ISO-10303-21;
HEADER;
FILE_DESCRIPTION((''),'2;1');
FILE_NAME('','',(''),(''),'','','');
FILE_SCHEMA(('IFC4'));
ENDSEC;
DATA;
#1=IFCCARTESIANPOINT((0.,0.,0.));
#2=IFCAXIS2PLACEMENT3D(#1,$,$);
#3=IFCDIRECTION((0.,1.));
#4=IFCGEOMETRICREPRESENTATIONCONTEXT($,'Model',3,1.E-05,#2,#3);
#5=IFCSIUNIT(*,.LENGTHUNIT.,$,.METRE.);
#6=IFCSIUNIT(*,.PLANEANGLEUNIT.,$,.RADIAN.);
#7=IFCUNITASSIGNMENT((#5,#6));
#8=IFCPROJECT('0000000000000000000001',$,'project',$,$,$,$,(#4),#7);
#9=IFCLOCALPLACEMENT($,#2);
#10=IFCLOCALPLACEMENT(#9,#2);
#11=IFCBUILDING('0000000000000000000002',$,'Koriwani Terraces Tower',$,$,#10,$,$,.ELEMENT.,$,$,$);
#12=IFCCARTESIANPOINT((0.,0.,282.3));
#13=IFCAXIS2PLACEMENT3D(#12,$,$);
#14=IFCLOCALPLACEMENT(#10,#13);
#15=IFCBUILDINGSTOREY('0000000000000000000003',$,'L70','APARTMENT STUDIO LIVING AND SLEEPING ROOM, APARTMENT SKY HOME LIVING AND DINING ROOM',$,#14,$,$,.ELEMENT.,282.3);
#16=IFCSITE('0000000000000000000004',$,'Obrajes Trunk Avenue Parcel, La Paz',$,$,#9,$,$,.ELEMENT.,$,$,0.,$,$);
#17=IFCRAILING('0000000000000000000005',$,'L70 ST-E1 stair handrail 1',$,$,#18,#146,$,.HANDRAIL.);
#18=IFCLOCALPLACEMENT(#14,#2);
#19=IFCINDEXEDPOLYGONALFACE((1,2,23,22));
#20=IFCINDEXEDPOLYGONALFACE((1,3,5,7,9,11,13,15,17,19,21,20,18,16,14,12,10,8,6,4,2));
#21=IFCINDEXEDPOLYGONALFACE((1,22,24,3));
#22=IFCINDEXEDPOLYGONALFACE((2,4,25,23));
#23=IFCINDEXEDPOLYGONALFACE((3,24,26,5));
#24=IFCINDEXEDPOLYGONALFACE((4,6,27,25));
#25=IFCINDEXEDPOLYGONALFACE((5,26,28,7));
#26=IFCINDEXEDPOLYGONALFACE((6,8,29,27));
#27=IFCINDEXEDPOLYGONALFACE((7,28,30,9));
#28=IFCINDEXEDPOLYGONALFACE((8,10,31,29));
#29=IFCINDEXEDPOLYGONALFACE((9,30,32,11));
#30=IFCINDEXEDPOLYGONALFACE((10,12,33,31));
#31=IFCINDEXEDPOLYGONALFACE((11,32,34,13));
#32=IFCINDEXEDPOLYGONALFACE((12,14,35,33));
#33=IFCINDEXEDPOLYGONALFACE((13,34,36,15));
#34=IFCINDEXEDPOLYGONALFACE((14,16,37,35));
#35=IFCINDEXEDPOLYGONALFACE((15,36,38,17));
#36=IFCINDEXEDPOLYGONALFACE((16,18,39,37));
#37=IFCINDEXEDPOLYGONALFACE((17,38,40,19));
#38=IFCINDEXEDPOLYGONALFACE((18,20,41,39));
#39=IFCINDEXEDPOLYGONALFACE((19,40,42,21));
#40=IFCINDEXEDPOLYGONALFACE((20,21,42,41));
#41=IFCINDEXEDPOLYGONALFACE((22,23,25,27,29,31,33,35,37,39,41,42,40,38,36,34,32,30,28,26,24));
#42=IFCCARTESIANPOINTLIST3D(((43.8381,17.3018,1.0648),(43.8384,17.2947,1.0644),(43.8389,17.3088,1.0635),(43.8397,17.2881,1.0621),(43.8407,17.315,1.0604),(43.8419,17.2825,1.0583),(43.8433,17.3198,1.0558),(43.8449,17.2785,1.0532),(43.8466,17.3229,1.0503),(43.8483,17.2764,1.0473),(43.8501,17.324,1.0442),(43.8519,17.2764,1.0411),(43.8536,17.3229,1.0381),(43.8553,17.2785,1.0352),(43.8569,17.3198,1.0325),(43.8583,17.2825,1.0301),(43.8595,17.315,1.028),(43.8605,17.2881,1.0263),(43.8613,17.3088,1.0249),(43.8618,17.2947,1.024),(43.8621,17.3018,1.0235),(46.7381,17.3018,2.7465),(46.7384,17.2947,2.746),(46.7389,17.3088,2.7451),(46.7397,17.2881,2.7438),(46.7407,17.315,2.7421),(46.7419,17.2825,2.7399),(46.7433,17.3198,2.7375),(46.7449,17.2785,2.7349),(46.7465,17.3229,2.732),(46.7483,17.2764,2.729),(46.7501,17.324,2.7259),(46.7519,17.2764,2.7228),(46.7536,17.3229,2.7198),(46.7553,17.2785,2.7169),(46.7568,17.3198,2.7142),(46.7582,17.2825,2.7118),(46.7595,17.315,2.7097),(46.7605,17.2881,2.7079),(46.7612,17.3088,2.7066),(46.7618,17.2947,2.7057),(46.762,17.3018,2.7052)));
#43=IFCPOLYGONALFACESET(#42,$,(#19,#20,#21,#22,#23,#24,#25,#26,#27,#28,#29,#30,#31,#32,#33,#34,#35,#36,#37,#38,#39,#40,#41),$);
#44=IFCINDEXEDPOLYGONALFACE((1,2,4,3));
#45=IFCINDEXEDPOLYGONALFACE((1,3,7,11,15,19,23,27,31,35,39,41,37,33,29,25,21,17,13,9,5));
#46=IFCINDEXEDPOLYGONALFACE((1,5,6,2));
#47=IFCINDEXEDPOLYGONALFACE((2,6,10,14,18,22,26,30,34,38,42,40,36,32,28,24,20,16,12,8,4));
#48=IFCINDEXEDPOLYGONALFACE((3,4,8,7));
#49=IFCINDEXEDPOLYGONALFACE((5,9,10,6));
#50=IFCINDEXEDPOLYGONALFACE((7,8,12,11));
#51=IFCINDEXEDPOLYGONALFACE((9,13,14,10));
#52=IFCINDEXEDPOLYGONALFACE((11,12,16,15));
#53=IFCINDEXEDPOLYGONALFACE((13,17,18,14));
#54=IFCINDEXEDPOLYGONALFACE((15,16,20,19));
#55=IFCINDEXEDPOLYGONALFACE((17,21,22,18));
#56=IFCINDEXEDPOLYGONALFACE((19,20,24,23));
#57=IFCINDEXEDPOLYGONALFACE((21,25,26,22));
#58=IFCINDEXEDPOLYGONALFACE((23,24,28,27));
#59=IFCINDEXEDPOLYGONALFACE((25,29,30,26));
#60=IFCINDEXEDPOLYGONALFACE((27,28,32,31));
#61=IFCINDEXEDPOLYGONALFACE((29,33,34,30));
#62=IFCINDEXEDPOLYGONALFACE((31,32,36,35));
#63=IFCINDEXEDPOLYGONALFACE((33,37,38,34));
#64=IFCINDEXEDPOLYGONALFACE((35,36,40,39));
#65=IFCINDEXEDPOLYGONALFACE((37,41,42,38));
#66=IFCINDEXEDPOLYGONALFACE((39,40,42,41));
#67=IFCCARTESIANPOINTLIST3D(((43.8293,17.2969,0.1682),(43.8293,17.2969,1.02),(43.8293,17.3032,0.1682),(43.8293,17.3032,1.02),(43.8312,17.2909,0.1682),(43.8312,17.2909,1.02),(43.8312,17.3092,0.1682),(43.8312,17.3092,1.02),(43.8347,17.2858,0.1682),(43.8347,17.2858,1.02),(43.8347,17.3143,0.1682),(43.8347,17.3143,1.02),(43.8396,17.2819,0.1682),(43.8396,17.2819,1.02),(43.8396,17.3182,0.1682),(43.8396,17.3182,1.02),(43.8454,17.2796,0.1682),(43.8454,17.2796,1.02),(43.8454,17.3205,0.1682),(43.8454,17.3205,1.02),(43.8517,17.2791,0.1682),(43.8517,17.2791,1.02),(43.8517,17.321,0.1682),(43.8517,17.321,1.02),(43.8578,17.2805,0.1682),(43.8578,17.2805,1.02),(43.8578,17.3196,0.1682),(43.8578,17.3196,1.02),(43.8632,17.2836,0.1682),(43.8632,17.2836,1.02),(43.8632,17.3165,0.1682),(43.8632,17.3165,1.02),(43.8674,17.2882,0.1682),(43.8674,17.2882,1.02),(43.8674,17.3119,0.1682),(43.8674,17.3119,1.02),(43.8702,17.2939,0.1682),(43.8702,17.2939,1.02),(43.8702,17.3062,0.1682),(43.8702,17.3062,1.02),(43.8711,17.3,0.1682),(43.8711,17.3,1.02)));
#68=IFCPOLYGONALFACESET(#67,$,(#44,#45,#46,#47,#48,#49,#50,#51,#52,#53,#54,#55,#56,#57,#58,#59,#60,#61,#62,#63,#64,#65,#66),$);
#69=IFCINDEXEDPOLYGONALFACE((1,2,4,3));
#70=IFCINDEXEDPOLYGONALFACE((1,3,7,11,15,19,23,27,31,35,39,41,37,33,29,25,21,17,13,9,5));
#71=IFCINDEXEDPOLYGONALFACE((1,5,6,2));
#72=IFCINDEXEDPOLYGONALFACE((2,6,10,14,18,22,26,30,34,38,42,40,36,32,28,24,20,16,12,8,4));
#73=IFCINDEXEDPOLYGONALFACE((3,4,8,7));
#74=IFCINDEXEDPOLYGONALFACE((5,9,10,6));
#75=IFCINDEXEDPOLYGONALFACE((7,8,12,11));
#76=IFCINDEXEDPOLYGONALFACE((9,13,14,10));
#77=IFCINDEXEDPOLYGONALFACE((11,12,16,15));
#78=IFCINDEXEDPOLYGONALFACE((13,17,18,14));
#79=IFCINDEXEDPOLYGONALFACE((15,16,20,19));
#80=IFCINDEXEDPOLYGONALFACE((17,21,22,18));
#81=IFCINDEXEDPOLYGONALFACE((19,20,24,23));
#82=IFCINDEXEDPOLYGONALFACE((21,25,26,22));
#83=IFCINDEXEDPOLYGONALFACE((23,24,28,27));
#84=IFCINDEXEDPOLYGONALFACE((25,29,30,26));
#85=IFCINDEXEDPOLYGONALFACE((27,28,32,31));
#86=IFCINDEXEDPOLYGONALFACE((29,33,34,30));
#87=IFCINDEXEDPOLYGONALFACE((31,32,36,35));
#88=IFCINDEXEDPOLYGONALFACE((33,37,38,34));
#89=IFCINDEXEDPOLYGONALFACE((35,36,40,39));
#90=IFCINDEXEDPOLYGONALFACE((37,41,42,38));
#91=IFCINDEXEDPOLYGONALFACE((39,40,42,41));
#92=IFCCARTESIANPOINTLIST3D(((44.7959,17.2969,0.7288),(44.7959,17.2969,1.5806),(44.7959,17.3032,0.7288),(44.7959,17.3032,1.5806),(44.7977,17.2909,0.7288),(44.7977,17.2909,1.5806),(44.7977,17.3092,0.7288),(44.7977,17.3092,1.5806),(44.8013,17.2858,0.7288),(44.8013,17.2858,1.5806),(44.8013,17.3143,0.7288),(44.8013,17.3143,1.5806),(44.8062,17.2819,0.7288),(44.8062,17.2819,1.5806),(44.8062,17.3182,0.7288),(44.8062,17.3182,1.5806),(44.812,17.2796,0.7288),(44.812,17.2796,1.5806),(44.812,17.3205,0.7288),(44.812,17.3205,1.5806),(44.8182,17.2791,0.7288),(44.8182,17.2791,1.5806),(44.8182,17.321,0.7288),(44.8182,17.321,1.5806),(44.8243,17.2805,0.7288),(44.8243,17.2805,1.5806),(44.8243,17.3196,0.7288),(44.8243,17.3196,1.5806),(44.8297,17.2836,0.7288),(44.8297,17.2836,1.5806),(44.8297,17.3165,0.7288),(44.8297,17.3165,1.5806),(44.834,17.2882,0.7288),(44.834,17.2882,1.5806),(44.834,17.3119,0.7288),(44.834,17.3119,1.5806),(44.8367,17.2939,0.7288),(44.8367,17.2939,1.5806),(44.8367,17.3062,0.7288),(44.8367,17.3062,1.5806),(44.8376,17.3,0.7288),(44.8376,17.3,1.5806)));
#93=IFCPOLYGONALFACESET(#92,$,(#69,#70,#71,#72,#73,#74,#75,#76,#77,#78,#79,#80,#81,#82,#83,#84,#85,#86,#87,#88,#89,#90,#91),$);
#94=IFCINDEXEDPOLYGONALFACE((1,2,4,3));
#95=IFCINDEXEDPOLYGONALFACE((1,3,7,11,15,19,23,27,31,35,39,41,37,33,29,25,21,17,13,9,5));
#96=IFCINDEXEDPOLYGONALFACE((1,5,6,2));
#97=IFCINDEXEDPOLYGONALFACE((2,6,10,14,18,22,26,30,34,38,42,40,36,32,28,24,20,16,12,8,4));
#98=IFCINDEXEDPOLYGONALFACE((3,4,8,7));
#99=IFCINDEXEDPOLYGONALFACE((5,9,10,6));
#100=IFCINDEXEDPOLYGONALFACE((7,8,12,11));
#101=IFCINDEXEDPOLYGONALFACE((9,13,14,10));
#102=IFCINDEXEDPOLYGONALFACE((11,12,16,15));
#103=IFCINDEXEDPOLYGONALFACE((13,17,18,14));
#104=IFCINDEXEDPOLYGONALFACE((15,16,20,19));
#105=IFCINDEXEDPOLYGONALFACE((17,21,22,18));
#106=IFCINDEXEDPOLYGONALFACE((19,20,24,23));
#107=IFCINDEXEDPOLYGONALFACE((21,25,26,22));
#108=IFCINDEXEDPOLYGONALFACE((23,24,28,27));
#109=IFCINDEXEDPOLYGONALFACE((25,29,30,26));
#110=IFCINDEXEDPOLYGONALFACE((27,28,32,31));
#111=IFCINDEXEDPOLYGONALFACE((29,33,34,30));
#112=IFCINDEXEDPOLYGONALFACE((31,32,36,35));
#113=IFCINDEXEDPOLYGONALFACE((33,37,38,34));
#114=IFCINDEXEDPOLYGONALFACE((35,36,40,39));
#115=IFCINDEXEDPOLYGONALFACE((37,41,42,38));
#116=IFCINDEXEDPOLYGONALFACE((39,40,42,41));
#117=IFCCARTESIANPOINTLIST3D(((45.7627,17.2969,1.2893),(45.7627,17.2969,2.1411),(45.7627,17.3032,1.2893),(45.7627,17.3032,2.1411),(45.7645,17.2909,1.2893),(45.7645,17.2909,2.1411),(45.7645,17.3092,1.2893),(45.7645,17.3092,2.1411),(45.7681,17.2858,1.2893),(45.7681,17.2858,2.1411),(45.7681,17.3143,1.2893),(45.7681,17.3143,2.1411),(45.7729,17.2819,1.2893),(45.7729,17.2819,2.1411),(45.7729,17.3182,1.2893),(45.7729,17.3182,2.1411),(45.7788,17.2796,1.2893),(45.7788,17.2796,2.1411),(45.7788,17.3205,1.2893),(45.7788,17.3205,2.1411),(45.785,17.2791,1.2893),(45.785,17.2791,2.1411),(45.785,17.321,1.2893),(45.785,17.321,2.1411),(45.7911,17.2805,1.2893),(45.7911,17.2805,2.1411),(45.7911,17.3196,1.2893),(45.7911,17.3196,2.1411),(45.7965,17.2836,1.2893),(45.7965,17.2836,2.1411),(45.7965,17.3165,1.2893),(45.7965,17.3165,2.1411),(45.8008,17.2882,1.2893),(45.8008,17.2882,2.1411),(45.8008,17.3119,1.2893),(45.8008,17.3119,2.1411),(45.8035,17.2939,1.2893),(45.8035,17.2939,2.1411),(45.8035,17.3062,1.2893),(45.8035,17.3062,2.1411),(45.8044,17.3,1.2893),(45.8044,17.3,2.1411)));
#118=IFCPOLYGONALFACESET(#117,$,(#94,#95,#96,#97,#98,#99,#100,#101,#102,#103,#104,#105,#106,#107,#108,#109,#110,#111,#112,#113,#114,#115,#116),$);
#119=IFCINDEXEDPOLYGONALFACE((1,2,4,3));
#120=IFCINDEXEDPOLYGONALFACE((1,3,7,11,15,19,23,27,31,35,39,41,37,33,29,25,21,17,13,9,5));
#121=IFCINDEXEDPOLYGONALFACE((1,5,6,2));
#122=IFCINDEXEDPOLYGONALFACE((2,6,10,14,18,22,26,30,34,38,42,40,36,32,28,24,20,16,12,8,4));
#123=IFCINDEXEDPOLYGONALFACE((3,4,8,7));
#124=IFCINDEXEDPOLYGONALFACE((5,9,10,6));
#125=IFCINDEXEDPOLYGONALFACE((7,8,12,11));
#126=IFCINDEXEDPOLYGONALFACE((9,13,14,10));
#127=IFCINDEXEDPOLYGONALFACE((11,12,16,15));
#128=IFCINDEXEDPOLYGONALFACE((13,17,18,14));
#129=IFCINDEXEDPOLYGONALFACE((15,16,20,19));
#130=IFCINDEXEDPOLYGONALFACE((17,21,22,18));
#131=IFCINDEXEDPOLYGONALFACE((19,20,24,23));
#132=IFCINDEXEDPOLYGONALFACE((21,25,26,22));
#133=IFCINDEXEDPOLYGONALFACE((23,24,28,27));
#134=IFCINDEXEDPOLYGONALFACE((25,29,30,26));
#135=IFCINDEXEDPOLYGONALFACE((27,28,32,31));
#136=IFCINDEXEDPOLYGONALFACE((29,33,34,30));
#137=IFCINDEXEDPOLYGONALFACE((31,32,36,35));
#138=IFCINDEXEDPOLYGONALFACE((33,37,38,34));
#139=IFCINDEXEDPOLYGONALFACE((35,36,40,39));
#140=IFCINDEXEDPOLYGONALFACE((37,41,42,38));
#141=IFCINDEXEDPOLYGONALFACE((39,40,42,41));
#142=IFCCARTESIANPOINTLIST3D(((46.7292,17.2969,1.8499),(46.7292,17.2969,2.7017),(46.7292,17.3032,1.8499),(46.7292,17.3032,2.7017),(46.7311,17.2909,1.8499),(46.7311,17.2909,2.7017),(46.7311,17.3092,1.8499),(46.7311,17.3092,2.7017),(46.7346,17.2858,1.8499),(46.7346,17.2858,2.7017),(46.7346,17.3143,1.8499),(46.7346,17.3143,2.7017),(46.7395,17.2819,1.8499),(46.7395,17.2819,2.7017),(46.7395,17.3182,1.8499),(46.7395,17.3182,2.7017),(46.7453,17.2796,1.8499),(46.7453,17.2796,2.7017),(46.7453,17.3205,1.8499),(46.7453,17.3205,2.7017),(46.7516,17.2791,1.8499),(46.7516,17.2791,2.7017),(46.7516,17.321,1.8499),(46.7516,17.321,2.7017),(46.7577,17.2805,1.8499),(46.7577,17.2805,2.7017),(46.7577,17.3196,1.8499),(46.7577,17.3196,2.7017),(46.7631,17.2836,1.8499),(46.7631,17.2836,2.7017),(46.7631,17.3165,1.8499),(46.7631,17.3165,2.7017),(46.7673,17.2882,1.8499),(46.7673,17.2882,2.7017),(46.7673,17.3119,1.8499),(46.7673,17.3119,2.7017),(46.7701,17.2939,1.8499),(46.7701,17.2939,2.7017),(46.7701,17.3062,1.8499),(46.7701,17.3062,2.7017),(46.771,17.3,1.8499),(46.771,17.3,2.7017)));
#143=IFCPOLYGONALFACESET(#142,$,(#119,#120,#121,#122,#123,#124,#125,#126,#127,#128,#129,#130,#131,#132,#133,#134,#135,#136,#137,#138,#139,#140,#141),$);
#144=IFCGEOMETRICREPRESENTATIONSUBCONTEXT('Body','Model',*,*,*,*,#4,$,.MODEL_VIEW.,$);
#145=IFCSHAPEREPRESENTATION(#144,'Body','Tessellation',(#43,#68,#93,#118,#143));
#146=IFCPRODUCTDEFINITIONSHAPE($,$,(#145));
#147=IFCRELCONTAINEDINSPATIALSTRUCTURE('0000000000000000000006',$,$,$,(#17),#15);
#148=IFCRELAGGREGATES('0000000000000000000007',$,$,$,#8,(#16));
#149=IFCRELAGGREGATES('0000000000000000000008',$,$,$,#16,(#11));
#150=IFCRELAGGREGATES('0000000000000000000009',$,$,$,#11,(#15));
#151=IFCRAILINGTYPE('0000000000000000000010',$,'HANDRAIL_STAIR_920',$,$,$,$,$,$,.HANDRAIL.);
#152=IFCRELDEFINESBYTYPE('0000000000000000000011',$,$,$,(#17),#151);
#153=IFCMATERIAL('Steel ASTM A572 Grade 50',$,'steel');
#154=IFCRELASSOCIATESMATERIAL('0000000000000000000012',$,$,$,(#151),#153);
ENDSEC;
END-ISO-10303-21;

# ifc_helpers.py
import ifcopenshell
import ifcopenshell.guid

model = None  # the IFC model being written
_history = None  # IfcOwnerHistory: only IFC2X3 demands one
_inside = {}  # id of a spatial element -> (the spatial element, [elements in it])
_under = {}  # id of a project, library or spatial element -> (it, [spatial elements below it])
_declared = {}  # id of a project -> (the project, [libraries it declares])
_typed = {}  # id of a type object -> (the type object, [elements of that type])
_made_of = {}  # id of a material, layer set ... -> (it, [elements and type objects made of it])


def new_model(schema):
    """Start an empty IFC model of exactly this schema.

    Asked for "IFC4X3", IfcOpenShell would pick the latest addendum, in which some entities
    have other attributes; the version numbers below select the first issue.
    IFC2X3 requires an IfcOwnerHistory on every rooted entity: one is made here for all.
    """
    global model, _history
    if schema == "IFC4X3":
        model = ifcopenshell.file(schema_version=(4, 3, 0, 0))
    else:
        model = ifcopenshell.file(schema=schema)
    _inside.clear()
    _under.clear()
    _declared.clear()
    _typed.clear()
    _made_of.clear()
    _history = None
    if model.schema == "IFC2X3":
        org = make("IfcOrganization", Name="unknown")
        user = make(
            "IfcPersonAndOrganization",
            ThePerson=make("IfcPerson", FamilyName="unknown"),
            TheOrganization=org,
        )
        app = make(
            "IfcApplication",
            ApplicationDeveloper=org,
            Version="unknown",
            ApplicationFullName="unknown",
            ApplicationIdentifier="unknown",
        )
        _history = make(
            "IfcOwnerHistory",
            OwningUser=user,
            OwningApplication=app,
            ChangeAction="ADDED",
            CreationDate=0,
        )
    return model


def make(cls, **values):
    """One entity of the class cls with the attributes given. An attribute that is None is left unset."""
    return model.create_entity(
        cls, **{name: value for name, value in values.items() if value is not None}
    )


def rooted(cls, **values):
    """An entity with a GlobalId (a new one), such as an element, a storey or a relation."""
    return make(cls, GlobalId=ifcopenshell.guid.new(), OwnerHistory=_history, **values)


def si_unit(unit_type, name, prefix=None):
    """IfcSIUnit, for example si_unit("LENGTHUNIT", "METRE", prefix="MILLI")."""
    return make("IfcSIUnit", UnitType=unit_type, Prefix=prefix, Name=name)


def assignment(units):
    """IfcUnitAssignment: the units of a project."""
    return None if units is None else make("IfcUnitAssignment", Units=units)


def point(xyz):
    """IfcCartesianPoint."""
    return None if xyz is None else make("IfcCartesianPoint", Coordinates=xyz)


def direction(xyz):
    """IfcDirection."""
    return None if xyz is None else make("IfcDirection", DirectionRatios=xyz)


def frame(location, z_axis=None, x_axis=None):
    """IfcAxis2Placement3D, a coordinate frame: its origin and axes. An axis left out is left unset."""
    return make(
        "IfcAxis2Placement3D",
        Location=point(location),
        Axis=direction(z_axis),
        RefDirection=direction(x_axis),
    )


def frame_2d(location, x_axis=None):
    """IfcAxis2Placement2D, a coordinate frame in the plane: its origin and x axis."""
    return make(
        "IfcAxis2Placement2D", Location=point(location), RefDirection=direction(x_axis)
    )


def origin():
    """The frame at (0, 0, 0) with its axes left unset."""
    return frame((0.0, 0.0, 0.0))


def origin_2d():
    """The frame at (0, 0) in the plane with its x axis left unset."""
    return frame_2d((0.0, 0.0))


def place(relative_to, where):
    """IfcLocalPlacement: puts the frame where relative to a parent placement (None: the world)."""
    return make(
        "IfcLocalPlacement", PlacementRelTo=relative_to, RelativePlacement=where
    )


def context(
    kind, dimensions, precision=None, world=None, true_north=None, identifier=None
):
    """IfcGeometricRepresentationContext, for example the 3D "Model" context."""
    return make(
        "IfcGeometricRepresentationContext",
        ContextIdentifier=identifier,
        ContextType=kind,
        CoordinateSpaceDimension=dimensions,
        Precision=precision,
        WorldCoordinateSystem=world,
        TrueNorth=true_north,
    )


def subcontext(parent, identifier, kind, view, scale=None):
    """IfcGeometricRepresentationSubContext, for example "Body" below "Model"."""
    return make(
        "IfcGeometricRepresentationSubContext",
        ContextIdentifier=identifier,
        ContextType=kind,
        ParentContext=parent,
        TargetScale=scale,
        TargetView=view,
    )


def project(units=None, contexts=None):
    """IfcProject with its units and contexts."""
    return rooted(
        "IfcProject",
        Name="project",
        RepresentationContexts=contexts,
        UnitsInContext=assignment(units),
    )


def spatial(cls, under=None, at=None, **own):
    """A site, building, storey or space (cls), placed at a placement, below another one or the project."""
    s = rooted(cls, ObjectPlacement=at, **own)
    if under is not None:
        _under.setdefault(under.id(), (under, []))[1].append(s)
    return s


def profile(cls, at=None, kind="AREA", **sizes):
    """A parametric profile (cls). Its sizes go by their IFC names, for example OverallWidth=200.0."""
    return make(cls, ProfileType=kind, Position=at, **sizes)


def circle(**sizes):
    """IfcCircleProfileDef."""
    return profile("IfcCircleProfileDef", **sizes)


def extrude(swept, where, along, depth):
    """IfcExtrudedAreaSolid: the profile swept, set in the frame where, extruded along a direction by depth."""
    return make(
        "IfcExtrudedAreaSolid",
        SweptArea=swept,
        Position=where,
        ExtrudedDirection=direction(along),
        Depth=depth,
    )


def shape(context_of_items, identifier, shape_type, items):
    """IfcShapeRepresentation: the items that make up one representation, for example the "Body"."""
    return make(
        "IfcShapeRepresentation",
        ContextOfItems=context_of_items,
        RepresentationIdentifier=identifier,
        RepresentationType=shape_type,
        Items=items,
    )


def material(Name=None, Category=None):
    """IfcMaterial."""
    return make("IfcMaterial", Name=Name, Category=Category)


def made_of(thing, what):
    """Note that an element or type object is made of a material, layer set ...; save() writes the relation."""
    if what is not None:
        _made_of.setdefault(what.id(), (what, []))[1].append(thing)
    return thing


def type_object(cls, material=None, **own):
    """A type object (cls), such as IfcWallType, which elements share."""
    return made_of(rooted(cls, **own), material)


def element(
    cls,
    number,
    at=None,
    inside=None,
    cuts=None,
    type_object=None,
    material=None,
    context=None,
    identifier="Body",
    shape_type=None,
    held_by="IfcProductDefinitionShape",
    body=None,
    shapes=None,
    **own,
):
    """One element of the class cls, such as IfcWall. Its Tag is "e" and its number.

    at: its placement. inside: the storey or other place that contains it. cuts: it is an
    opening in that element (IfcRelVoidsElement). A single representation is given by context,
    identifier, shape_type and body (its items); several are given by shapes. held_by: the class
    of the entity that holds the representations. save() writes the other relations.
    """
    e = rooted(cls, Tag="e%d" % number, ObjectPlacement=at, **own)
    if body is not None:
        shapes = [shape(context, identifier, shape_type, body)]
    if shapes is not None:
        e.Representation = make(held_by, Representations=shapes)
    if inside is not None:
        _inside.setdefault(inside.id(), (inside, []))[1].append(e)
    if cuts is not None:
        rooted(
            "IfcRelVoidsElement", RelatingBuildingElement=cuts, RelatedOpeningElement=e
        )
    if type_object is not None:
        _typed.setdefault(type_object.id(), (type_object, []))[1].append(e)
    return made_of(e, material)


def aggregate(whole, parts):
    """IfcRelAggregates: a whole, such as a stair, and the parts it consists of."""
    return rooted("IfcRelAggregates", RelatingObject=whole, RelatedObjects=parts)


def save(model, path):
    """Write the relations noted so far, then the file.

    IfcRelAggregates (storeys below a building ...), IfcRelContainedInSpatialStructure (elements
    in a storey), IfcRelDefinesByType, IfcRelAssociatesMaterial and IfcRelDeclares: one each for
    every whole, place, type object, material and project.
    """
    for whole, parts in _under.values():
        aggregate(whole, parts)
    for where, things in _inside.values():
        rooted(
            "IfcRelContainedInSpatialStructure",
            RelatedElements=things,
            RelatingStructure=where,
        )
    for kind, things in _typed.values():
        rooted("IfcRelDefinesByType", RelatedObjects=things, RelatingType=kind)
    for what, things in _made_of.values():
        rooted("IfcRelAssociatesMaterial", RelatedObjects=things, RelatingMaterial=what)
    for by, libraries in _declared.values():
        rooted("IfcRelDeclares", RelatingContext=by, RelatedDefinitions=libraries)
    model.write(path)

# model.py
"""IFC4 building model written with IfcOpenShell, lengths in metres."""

from ifc_helpers import new_model, si_unit, direction, frame, origin, origin_2d, place, context, subcontext, project, spatial, circle, extrude, material, type_object, element, save


model = new_model("IFC4")

# Units and contexts
model_context = context("Model", 3, precision=1e-05, world=origin(), true_north=direction((0.0, 1.0)))
body_context = subcontext(model_context, "Body", "Model", "MODEL_VIEW")
ifc_project = project(units=[si_unit("LENGTHUNIT", "METRE"), si_unit("PLANEANGLEUNIT", "RADIAN")], contexts=[model_context])

# Site, building, storey
site_placement = place(None, origin())
site = spatial("IfcSite", under=ifc_project, at=site_placement, Name="Obrajes Trunk Avenue Parcel, La Paz", CompositionType="ELEMENT", RefElevation=0.0)
building_placement = place(site_placement, origin())
building = spatial("IfcBuilding", under=site, at=building_placement, Name="Koriwani Terraces Tower", CompositionType="ELEMENT")
storey_placement = place(building_placement, frame((0.0, 0.0, 282.3)))
storey = spatial("IfcBuildingStorey", under=building, at=storey_placement, Name="L70", Description="APARTMENT STUDIO LIVING AND SLEEPING ROOM, APARTMENT SKY HOME LIVING AND DINING ROOM", CompositionType="ELEMENT", Elevation=282.3)

# Shared definitions
ifc_material_1 = material(Name="Steel ASTM A572 Grade 50", Category="steel")

# Railing
railing_type_1 = type_object("IfcRailingType", Name="HANDRAIL_STAIR_920", PredefinedType="HANDRAIL", material=ifc_material_1)
railing_1_placement = place(storey_placement, frame((43.8501, 17.3, 0.1682)))
element("IfcRailing", 1, at=railing_1_placement, inside=storey, type_object=railing_type_1, Name="L70 ST-E1 stair handrail 1", PredefinedType="HANDRAIL", context=body_context, shape_type="SweptSolid", body=[
    extrude(circle(Radius=0.0239, at=origin_2d()), frame((0.0, 0.0, 0.876), z_axis=(0.86507, 0.0, 0.501651), x_axis=(0.0, 1.0, 0.0)), (0.0, 0.0, 1.0), 3.3523),
    extrude(circle(Radius=0.021, at=origin_2d()), origin(), (0.0, 0.0, 1.0), 0.8518),
    extrude(circle(Radius=0.021, at=origin_2d()), frame((0.9666, 0.0, 0.5605)), (0.0, 0.0, 1.0), 0.8518),
    extrude(circle(Radius=0.021, at=origin_2d()), frame((1.9333, 0.0, 1.1211)), (0.0, 0.0, 1.0), 0.8518),
    extrude(circle(Radius=0.021, at=origin_2d()), frame((2.8999, 0.0, 1.6816)), (0.0, 0.0, 1.0), 0.8518),
])

save(model, "model.ifc")
